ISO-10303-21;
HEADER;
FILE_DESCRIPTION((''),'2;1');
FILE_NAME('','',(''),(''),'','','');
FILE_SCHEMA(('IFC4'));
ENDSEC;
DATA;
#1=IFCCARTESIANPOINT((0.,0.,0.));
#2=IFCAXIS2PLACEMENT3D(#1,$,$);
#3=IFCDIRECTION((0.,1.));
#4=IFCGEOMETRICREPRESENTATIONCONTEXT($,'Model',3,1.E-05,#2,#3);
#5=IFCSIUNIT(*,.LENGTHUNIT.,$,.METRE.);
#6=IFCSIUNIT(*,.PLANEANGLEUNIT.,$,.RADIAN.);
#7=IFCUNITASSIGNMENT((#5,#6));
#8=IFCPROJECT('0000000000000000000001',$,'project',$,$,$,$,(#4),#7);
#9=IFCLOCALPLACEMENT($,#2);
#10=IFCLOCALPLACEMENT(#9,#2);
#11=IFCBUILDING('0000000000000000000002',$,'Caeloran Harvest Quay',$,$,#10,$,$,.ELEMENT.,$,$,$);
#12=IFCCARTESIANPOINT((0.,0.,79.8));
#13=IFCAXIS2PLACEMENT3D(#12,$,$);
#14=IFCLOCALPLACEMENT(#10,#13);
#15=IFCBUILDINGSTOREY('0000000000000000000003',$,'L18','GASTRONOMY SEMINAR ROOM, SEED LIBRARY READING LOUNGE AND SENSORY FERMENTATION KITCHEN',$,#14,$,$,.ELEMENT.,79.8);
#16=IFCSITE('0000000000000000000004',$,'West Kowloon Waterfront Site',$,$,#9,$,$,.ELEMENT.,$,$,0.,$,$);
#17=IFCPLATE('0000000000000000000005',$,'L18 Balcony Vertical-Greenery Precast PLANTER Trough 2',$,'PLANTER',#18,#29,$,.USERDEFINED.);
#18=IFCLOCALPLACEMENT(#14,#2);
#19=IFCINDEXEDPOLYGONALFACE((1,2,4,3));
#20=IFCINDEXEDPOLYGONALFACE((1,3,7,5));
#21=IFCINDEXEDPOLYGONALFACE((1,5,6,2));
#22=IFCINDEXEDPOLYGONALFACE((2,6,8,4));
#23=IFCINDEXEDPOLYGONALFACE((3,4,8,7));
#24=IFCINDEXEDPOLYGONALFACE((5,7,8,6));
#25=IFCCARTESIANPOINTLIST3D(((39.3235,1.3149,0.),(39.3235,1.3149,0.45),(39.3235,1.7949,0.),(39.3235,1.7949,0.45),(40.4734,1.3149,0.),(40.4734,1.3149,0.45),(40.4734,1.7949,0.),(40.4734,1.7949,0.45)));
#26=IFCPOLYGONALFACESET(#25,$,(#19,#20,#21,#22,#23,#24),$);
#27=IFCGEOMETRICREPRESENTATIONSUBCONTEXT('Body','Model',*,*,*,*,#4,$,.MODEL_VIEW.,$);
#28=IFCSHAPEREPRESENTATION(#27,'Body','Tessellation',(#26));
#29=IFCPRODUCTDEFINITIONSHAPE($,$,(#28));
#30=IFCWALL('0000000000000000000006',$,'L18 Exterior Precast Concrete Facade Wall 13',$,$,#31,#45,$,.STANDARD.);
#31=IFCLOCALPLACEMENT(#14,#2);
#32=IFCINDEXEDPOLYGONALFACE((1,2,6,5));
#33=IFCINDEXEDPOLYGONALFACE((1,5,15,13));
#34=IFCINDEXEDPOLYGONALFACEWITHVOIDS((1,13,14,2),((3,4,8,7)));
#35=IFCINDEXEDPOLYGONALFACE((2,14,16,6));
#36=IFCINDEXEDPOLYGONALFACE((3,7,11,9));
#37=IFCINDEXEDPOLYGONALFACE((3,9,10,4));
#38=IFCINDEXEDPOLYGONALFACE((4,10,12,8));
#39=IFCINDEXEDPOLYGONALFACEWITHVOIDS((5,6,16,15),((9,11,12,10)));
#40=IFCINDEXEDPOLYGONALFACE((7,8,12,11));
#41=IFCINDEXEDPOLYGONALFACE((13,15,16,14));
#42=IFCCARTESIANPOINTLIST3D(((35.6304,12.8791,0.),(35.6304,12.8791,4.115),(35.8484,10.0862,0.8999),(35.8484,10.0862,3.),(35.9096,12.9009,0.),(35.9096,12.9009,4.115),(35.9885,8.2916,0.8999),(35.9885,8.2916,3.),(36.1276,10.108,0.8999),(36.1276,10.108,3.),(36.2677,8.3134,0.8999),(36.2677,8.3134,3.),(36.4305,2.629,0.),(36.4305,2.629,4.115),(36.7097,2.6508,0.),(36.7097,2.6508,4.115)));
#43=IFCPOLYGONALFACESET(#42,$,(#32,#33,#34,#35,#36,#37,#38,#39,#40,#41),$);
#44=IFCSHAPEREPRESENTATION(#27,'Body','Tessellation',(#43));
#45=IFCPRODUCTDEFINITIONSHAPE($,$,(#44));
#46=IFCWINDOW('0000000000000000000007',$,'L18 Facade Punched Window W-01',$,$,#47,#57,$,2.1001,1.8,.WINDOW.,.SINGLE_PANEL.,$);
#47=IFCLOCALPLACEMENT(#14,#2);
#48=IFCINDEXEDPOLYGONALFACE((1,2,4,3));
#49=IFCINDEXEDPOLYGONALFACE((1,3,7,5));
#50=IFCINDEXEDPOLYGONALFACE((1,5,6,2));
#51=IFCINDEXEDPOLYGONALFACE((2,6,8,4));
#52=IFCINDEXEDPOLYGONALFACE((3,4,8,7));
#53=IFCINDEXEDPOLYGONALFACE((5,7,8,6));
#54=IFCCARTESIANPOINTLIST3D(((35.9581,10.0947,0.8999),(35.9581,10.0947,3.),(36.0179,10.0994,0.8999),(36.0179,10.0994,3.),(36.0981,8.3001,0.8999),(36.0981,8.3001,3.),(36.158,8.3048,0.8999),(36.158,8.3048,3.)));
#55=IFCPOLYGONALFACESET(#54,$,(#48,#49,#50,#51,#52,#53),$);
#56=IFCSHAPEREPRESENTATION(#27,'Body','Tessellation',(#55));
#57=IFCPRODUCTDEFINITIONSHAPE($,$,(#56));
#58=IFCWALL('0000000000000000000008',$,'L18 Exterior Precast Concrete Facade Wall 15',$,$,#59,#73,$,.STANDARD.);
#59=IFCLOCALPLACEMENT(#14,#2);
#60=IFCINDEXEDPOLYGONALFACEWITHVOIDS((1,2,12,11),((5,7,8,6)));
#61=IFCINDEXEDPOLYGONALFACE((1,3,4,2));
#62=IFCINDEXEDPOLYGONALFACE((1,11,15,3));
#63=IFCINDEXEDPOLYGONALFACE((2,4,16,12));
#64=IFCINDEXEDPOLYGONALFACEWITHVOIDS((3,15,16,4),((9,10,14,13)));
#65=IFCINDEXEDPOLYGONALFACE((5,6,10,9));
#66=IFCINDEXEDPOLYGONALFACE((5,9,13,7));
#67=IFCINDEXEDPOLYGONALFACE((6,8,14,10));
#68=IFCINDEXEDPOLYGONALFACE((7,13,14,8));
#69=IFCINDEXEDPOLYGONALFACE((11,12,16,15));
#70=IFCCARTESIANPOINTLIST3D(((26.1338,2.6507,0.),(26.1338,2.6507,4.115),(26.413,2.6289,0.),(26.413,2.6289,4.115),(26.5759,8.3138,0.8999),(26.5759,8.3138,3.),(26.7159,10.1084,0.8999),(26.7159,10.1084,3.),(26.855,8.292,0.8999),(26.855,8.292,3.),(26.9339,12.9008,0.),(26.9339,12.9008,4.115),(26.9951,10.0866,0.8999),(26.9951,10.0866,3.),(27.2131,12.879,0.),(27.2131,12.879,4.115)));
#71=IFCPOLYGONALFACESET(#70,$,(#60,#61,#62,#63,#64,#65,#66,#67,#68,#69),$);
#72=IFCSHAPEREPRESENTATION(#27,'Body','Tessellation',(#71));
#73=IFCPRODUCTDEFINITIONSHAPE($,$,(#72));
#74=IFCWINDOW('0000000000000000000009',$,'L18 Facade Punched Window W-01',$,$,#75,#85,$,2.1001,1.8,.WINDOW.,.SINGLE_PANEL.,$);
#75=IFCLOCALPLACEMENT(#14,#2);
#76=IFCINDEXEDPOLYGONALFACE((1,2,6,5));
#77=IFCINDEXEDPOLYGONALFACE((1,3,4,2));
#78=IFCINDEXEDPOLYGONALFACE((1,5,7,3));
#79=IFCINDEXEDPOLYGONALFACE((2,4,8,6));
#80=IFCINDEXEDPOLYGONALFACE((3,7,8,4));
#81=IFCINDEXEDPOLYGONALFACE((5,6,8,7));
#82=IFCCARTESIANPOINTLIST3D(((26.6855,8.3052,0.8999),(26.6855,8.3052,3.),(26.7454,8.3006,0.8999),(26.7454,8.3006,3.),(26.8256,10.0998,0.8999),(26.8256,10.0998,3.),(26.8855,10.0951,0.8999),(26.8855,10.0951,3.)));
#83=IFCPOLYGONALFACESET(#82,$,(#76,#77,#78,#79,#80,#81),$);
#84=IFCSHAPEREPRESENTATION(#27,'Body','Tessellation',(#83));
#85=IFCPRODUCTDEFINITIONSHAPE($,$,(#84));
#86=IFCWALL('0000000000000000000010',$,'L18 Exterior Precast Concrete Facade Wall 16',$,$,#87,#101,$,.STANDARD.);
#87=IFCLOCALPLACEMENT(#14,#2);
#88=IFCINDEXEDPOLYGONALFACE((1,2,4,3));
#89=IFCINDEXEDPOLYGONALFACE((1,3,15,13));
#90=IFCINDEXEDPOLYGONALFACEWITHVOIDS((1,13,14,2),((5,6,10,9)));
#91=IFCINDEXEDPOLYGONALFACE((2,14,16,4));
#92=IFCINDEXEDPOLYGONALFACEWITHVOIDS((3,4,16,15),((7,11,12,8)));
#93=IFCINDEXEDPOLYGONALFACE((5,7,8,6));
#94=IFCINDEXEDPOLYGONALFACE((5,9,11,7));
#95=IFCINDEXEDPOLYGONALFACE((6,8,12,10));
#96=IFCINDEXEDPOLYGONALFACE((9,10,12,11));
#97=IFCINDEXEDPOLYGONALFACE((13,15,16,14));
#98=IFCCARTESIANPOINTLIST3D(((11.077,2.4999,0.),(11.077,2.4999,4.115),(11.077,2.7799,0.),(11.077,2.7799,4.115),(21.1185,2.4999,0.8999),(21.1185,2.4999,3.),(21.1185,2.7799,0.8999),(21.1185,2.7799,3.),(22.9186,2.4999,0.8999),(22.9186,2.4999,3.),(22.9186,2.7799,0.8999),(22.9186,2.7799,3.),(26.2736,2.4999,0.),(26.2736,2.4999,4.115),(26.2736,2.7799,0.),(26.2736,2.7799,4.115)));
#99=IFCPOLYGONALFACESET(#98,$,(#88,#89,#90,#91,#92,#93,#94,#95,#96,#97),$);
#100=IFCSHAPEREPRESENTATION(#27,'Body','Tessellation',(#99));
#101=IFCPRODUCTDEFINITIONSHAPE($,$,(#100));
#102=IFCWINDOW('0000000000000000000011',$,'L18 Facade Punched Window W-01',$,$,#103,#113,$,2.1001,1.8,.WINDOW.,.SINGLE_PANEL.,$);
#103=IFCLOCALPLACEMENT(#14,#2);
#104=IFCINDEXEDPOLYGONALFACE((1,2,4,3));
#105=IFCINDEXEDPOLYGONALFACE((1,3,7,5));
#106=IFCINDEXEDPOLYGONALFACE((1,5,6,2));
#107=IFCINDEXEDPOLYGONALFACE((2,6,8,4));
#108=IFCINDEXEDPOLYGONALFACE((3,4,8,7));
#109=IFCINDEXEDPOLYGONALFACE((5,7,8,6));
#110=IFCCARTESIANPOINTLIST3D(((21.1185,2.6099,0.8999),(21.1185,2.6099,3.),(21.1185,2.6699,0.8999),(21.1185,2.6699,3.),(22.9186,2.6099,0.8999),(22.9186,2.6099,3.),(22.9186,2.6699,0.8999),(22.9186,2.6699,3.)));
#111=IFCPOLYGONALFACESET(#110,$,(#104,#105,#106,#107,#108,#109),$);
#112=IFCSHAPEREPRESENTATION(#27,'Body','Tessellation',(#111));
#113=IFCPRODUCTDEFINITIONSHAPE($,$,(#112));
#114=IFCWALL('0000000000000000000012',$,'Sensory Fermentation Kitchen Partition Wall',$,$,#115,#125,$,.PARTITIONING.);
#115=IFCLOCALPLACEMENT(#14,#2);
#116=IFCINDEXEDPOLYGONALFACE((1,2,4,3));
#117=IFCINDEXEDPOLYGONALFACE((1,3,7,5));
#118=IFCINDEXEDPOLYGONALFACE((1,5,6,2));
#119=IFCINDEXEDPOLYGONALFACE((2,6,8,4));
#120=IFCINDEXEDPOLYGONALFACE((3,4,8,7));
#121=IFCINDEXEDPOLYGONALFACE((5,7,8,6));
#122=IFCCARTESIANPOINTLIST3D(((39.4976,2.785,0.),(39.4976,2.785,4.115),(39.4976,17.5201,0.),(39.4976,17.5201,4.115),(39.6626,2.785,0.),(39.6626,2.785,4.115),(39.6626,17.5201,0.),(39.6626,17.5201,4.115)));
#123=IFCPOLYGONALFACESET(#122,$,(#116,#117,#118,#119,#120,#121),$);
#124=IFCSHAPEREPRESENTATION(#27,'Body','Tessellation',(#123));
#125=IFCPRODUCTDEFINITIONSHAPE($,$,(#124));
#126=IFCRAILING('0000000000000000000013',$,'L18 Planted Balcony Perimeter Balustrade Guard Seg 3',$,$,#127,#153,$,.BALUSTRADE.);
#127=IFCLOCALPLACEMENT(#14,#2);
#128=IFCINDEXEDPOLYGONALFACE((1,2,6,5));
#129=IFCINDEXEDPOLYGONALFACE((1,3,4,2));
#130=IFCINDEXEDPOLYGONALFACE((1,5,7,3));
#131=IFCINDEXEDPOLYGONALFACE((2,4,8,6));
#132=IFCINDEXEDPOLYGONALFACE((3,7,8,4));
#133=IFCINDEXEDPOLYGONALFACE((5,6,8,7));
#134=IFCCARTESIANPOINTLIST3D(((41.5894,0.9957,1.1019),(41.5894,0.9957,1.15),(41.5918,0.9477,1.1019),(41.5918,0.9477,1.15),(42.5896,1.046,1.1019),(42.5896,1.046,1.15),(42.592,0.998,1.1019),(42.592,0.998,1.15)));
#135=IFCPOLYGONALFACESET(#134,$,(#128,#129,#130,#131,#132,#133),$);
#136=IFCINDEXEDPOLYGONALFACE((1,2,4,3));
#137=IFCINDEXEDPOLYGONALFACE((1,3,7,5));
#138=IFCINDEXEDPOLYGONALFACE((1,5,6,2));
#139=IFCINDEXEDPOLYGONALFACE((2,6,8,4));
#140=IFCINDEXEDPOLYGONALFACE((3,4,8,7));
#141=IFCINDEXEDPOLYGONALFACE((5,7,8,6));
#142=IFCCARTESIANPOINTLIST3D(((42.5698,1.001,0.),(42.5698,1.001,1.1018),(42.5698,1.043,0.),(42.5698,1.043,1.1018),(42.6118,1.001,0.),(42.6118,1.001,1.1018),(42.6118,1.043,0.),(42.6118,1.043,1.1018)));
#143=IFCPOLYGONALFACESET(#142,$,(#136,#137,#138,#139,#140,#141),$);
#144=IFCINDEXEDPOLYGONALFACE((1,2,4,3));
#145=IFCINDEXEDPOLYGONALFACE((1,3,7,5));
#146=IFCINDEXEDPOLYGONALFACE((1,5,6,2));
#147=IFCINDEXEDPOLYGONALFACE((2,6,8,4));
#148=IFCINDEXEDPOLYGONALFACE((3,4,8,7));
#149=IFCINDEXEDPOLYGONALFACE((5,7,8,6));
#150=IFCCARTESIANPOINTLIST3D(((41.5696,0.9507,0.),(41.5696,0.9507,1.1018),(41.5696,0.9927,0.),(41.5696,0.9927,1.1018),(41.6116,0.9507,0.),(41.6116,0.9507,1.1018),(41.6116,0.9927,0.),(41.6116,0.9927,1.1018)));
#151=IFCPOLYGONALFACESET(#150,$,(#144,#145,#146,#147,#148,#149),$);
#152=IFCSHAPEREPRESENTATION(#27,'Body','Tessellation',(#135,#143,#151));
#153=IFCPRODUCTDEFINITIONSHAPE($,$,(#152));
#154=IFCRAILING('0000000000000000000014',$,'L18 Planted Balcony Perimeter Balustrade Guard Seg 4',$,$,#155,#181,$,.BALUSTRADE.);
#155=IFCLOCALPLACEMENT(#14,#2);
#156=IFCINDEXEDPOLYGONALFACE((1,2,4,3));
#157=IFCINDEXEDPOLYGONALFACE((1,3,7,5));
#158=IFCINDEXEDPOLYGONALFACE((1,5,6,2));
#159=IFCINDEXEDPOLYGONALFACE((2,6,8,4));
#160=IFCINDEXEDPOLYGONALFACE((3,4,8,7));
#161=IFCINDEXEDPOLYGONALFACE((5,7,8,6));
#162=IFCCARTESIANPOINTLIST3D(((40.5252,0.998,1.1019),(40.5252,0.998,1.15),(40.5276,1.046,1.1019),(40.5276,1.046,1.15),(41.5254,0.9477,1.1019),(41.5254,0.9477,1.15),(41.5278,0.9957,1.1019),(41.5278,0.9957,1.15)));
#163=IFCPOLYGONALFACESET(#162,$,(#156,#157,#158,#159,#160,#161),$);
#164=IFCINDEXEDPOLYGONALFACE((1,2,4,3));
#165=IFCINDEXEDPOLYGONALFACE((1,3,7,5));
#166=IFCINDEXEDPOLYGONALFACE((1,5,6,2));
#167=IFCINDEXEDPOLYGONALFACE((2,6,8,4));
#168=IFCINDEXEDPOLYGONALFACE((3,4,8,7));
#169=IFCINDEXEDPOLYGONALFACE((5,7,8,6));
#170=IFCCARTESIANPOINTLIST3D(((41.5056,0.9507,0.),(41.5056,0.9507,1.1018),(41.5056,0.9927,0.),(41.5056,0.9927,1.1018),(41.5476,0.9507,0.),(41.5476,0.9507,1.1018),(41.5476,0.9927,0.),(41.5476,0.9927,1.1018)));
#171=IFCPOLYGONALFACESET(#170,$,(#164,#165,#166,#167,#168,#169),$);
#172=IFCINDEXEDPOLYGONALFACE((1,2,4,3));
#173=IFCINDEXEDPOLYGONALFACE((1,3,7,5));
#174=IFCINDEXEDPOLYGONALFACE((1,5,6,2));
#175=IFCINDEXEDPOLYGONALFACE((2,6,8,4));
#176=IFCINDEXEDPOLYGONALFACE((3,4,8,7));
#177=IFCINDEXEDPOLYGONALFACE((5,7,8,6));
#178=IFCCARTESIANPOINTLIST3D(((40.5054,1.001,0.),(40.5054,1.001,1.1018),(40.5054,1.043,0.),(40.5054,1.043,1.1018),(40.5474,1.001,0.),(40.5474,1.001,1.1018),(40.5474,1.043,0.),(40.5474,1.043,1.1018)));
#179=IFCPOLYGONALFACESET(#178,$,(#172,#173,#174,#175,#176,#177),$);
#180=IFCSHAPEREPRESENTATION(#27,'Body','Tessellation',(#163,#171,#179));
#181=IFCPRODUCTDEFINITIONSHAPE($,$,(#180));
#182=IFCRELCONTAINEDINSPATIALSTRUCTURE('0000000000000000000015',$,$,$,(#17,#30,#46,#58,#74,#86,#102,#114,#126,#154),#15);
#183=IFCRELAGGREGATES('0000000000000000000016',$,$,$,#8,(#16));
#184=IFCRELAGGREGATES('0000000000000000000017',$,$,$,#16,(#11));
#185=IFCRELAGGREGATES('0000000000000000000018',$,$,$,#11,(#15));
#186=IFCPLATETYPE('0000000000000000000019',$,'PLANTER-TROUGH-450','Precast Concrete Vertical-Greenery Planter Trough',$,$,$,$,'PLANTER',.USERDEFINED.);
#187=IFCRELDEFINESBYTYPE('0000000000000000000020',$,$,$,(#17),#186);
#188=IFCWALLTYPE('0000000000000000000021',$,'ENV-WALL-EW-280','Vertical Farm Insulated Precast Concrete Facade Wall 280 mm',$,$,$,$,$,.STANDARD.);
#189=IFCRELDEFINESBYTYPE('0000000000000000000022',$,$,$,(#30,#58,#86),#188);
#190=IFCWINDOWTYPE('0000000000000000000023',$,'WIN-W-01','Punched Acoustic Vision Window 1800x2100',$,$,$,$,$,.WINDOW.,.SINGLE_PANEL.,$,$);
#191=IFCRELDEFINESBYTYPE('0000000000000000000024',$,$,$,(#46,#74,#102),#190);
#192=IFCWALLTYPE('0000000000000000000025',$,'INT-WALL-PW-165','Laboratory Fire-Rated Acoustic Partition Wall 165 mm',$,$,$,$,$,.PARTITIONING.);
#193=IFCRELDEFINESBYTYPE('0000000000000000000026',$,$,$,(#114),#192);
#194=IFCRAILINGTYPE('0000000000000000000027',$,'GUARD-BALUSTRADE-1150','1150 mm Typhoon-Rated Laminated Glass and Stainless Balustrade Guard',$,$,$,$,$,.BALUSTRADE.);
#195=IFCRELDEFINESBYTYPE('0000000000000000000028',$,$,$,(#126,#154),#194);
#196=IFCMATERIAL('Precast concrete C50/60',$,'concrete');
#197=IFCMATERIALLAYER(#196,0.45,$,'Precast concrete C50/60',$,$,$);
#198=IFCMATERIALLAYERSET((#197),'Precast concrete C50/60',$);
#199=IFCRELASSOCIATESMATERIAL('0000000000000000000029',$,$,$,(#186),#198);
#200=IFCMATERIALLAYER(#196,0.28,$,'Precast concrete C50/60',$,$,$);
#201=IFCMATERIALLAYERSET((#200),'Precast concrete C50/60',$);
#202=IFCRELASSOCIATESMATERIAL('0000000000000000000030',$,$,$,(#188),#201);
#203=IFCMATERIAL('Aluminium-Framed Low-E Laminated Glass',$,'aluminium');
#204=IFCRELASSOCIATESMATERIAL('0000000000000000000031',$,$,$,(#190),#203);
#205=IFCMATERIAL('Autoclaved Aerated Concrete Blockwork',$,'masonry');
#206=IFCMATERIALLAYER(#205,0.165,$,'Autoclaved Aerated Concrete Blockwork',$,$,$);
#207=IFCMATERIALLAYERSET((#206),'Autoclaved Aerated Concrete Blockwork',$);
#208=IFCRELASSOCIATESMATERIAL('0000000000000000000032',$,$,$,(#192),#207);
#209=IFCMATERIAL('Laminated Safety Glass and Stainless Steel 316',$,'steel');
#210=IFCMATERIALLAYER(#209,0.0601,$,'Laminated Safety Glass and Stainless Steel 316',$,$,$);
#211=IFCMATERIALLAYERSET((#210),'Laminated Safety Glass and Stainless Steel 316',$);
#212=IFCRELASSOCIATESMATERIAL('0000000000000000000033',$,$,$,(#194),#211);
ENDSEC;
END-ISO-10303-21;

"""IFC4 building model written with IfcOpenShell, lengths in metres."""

from ifc_helpers import new_model, si_unit, direction, frame, frame_2d, origin, origin_2d, place, context, subcontext, project, spatial, rectangle, extrude, material, layer, layer_set, type_object, element, fill, save


model = new_model("IFC4")

# Units and contexts
model_context = context("Model", 3, precision=1e-05, world=origin(), true_north=direction((0.0, 1.0)))
body_context = subcontext(model_context, "Body", "Model", "MODEL_VIEW")
ifc_project = project(units=[si_unit("LENGTHUNIT", "METRE"), si_unit("PLANEANGLEUNIT", "RADIAN")], contexts=[model_context])

# Site, building, storey
site_placement = place(None, origin())
site = spatial("IfcSite", under=ifc_project, at=site_placement, Name="West Kowloon Waterfront Site", CompositionType="ELEMENT", RefElevation=0.0)
building_placement = place(site_placement, origin())
building = spatial("IfcBuilding", under=site, at=building_placement, Name="Caeloran Harvest Quay", CompositionType="ELEMENT")
storey_placement = place(building_placement, frame((0.0, 0.0, 79.8)))
storey = spatial("IfcBuildingStorey", under=building, at=storey_placement, Name="L18", Description="GASTRONOMY SEMINAR ROOM, SEED LIBRARY READING LOUNGE AND SENSORY FERMENTATION KITCHEN", CompositionType="ELEMENT", Elevation=79.8)

# Plate
ifc_material_1 = material(Name="Precast concrete C50/60", Category="concrete")
ifc_layer_1 = layer(ifc_material_1, 0.45, Name="Precast concrete C50/60")
ifc_layer_set_1 = layer_set([ifc_layer_1], Name="Precast concrete C50/60")
plate_type = type_object("IfcPlateType", Name="PLANTER-TROUGH-450", Description="Precast Concrete Vertical-Greenery Planter Trough", ElementType="PLANTER", PredefinedType="USERDEFINED", material=ifc_layer_set_1)
plate_placement = place(storey_placement, frame((39.8984, 1.5549, 0.0), z_axis=(0.0, 0.0, 1.0), x_axis=(1.0, 0.0, 0.0)))
element("IfcPlate", 1, at=plate_placement, inside=storey, type_object=plate_type, Name="L18 Balcony Vertical-Greenery Precast PLANTER Trough 2", ObjectType="PLANTER", PredefinedType="USERDEFINED", context=body_context, shape_type="SweptSolid", body=[
    extrude(rectangle(XDim=1.1499, YDim=0.48, at=origin_2d()), origin(), (0.0, 0.0, 1.0), 0.45),
])

# Walls, openings, windows
ifc_layer_2 = layer(ifc_material_1, 0.28, Name="Precast concrete C50/60")
ifc_layer_set_2 = layer_set([ifc_layer_2], Name="Precast concrete C50/60")
wall_type_1 = type_object("IfcWallType", Name="ENV-WALL-EW-280", Description="Vertical Farm Insulated Precast Concrete Facade Wall 280 mm", PredefinedType="STANDARD", material=ifc_layer_set_2)
wall_1_placement = place(storey_placement, frame((36.5701, 2.6399, 0.0), z_axis=(0.0, 0.0, 1.0), x_axis=(-0.077817, 0.996968, 0.0)))
wall_1 = element("IfcWall", 2, at=wall_1_placement, inside=storey, type_object=wall_type_1, Name="L18 Exterior Precast Concrete Facade Wall 13", PredefinedType="STANDARD", context=body_context, shape_type="SweptSolid", body=[
    extrude(rectangle(XDim=10.2812, YDim=0.28, at=frame_2d((5.1406, 0.0))), origin(), (0.0, 0.0, 1.0), 4.115),
])
opening_1_placement = place(wall_1_placement, frame((5.6799, 0.0, 0.8999)))
opening_1 = element("IfcOpeningElement", 3, at=opening_1_placement, cuts=wall_1, PredefinedType="OPENING", context=body_context, shape_type="SweptSolid", body=[
    extrude(rectangle(XDim=1.8, YDim=2.1001, at=frame_2d((0.8999, 1.05))), frame((0.0, 0.1499, 0.0), z_axis=(0.0, -1.0, 0.0), x_axis=(1.0, 0.0, 0.0)), (0.0, 0.0, 1.0), 0.3),
])
ifc_material_2 = material(Name="Aluminium-Framed Low-E Laminated Glass", Category="aluminium")
window_type = type_object("IfcWindowType", Name="WIN-W-01", Description="Punched Acoustic Vision Window 1800x2100", PartitioningType="SINGLE_PANEL", PredefinedType="WINDOW", material=ifc_material_2)
window_1_placement = place(opening_1_placement, origin())
window_1 = element("IfcWindow", 4, at=window_1_placement, inside=storey, type_object=window_type, Name="L18 Facade Punched Window W-01", OverallHeight=2.1001, OverallWidth=1.8, PartitioningType="SINGLE_PANEL", PredefinedType="WINDOW", context=body_context, shape_type="SweptSolid", body=[
    extrude(rectangle(XDim=1.8, YDim=2.1001, at=frame_2d((0.8999, 1.05))), frame((0.0, 0.03, 0.0), z_axis=(0.0, -1.0, 0.0), x_axis=(1.0, 0.0, 0.0)), (0.0, 0.0, 1.0), 0.0601),
])
fill(opening_1, window_1)
wall_2_placement = place(storey_placement, frame((27.0735, 12.8899, 0.0), z_axis=(0.0, 0.0, 1.0), x_axis=(-0.077817, -0.996968, 0.0)))
wall_2 = element("IfcWall", 5, at=wall_2_placement, inside=storey, type_object=wall_type_1, Name="L18 Exterior Precast Concrete Facade Wall 15", PredefinedType="STANDARD", context=body_context, shape_type="SweptSolid", body=[
    extrude(rectangle(XDim=10.2812, YDim=0.28, at=frame_2d((5.1406, 0.0))), origin(), (0.0, 0.0, 1.0), 4.115),
])
opening_2_placement = place(wall_2_placement, frame((2.801, 0.0, 0.8999)))
opening_2 = element("IfcOpeningElement", 6, at=opening_2_placement, cuts=wall_2, PredefinedType="OPENING", context=body_context, shape_type="SweptSolid", body=[
    extrude(rectangle(XDim=1.8, YDim=2.1001, at=frame_2d((0.8999, 1.05))), frame((0.0, 0.1499, 0.0), z_axis=(0.0, -1.0, 0.0), x_axis=(1.0, 0.0, 0.0)), (0.0, 0.0, 1.0), 0.3),
])
window_2_placement = place(opening_2_placement, origin())
window_2 = element("IfcWindow", 7, at=window_2_placement, inside=storey, type_object=window_type, Name="L18 Facade Punched Window W-01", OverallHeight=2.1001, OverallWidth=1.8, PartitioningType="SINGLE_PANEL", PredefinedType="WINDOW", context=body_context, shape_type="SweptSolid", body=[
    extrude(rectangle(XDim=1.8, YDim=2.1001, at=frame_2d((0.8999, 1.05))), frame((0.0, 0.03, 0.0), z_axis=(0.0, -1.0, 0.0), x_axis=(1.0, 0.0, 0.0)), (0.0, 0.0, 1.0), 0.0601),
])
fill(opening_2, window_2)
wall_3_placement = place(storey_placement, frame((26.2734, 2.6399, 0.0), z_axis=(0.0, 0.0, 1.0), x_axis=(-1.0, 0.0, 0.0)))
wall_3 = element("IfcWall", 8, at=wall_3_placement, inside=storey, type_object=wall_type_1, Name="L18 Exterior Precast Concrete Facade Wall 16", PredefinedType="STANDARD", context=body_context, shape_type="SweptSolid", body=[
    extrude(rectangle(XDim=15.1965, YDim=0.28, at=frame_2d((7.5981, 0.0))), origin(), (0.0, 0.0, 1.0), 4.115),
])
opening_3_placement = place(wall_3_placement, frame((3.355, 0.0, 0.8999)))
opening_3 = element("IfcOpeningElement", 9, at=opening_3_placement, cuts=wall_3, PredefinedType="OPENING", context=body_context, shape_type="SweptSolid", body=[
    extrude(rectangle(XDim=1.8, YDim=2.1001, at=frame_2d((0.8999, 1.05))), frame((0.0, 0.1499, 0.0), z_axis=(0.0, -1.0, 0.0), x_axis=(1.0, 0.0, 0.0)), (0.0, 0.0, 1.0), 0.3),
])
window_3_placement = place(opening_3_placement, origin())
window_3 = element("IfcWindow", 10, at=window_3_placement, inside=storey, type_object=window_type, Name="L18 Facade Punched Window W-01", OverallHeight=2.1001, OverallWidth=1.8, PartitioningType="SINGLE_PANEL", PredefinedType="WINDOW", context=body_context, shape_type="SweptSolid", body=[
    extrude(rectangle(XDim=1.8, YDim=2.1001, at=frame_2d((0.8999, 1.05))), frame((0.0, 0.03, 0.0), z_axis=(0.0, -1.0, 0.0), x_axis=(1.0, 0.0, 0.0)), (0.0, 0.0, 1.0), 0.0601),
])
fill(opening_3, window_3)

# Wall
ifc_material_3 = material(Name="Autoclaved Aerated Concrete Blockwork", Category="masonry")
ifc_layer_3 = layer(ifc_material_3, 0.165, Name="Autoclaved Aerated Concrete Blockwork")
ifc_layer_set_3 = layer_set([ifc_layer_3], Name="Autoclaved Aerated Concrete Blockwork")
wall_type_2 = type_object("IfcWallType", Name="INT-WALL-PW-165", Description="Laboratory Fire-Rated Acoustic Partition Wall 165 mm", PredefinedType="PARTITIONING", material=ifc_layer_set_3)
wall_4_placement = place(storey_placement, frame((39.5801, 2.7849, 0.0), z_axis=(0.0, 0.0, 1.0), x_axis=(0.0, 1.0, 0.0)))
element("IfcWall", 11, at=wall_4_placement, inside=storey, type_object=wall_type_2, Name="Sensory Fermentation Kitchen Partition Wall", PredefinedType="PARTITIONING", context=body_context, shape_type="SweptSolid", body=[
    extrude(rectangle(XDim=14.7351, YDim=0.165, at=frame_2d((7.3677, 0.0))), origin(), (0.0, 0.0, 1.0), 4.115),
])

# Railings
ifc_material_4 = material(Name="Laminated Safety Glass and Stainless Steel 316", Category="steel")
ifc_layer_4 = layer(ifc_material_4, 0.0601, Name="Laminated Safety Glass and Stainless Steel 316")
ifc_layer_set_4 = layer_set([ifc_layer_4], Name="Laminated Safety Glass and Stainless Steel 316")
railing_type = type_object("IfcRailingType", Name="GUARD-BALUSTRADE-1150", Description="1150 mm Typhoon-Rated Laminated Glass and Stainless Balustrade Guard", PredefinedType="BALUSTRADE", material=ifc_layer_set_4)
railing_1_placement = place(storey_placement, frame((42.5908, 1.022, 0.0)))
element("IfcRailing", 12, at=railing_1_placement, inside=storey, type_object=railing_type, Name="L18 Planted Balcony Perimeter Balustrade Guard Seg 3", PredefinedType="BALUSTRADE", context=body_context, shape_type="SweptSolid", body=[
    extrude(rectangle(XDim=0.0481, YDim=0.0481, at=origin_2d()), frame((0.0, 0.0, 1.126), z_axis=(-0.998738, -0.050217, 0.0), x_axis=(0.050217, -0.998738, 0.0)), (0.0, 0.0, 1.0), 1.0015),
    extrude(rectangle(XDim=0.042, YDim=0.042, at=origin_2d()), origin(), (0.0, 0.0, 1.0), 1.1018),
    extrude(rectangle(XDim=0.042, YDim=0.042, at=origin_2d()), frame((-1.0002, -0.0503, 0.0)), (0.0, 0.0, 1.0), 1.1018),
])
railing_2_placement = place(storey_placement, frame((41.5266, 0.9717, 0.0)))
element("IfcRailing", 13, at=railing_2_placement, inside=storey, type_object=railing_type, Name="L18 Planted Balcony Perimeter Balustrade Guard Seg 4", PredefinedType="BALUSTRADE", context=body_context, shape_type="SweptSolid", body=[
    extrude(rectangle(XDim=0.0481, YDim=0.0481, at=origin_2d()), frame((0.0, 0.0, 1.126), z_axis=(-0.998738, 0.050217, 0.0), x_axis=(-0.050217, -0.998738, 0.0)), (0.0, 0.0, 1.0), 1.0015),
    extrude(rectangle(XDim=0.042, YDim=0.042, at=origin_2d()), origin(), (0.0, 0.0, 1.0), 1.1018),
    extrude(rectangle(XDim=0.042, YDim=0.042, at=origin_2d()), frame((-1.0002, 0.0503, 0.0)), (0.0, 0.0, 1.0), 1.1018),
])

save(model, "model.ifc")
